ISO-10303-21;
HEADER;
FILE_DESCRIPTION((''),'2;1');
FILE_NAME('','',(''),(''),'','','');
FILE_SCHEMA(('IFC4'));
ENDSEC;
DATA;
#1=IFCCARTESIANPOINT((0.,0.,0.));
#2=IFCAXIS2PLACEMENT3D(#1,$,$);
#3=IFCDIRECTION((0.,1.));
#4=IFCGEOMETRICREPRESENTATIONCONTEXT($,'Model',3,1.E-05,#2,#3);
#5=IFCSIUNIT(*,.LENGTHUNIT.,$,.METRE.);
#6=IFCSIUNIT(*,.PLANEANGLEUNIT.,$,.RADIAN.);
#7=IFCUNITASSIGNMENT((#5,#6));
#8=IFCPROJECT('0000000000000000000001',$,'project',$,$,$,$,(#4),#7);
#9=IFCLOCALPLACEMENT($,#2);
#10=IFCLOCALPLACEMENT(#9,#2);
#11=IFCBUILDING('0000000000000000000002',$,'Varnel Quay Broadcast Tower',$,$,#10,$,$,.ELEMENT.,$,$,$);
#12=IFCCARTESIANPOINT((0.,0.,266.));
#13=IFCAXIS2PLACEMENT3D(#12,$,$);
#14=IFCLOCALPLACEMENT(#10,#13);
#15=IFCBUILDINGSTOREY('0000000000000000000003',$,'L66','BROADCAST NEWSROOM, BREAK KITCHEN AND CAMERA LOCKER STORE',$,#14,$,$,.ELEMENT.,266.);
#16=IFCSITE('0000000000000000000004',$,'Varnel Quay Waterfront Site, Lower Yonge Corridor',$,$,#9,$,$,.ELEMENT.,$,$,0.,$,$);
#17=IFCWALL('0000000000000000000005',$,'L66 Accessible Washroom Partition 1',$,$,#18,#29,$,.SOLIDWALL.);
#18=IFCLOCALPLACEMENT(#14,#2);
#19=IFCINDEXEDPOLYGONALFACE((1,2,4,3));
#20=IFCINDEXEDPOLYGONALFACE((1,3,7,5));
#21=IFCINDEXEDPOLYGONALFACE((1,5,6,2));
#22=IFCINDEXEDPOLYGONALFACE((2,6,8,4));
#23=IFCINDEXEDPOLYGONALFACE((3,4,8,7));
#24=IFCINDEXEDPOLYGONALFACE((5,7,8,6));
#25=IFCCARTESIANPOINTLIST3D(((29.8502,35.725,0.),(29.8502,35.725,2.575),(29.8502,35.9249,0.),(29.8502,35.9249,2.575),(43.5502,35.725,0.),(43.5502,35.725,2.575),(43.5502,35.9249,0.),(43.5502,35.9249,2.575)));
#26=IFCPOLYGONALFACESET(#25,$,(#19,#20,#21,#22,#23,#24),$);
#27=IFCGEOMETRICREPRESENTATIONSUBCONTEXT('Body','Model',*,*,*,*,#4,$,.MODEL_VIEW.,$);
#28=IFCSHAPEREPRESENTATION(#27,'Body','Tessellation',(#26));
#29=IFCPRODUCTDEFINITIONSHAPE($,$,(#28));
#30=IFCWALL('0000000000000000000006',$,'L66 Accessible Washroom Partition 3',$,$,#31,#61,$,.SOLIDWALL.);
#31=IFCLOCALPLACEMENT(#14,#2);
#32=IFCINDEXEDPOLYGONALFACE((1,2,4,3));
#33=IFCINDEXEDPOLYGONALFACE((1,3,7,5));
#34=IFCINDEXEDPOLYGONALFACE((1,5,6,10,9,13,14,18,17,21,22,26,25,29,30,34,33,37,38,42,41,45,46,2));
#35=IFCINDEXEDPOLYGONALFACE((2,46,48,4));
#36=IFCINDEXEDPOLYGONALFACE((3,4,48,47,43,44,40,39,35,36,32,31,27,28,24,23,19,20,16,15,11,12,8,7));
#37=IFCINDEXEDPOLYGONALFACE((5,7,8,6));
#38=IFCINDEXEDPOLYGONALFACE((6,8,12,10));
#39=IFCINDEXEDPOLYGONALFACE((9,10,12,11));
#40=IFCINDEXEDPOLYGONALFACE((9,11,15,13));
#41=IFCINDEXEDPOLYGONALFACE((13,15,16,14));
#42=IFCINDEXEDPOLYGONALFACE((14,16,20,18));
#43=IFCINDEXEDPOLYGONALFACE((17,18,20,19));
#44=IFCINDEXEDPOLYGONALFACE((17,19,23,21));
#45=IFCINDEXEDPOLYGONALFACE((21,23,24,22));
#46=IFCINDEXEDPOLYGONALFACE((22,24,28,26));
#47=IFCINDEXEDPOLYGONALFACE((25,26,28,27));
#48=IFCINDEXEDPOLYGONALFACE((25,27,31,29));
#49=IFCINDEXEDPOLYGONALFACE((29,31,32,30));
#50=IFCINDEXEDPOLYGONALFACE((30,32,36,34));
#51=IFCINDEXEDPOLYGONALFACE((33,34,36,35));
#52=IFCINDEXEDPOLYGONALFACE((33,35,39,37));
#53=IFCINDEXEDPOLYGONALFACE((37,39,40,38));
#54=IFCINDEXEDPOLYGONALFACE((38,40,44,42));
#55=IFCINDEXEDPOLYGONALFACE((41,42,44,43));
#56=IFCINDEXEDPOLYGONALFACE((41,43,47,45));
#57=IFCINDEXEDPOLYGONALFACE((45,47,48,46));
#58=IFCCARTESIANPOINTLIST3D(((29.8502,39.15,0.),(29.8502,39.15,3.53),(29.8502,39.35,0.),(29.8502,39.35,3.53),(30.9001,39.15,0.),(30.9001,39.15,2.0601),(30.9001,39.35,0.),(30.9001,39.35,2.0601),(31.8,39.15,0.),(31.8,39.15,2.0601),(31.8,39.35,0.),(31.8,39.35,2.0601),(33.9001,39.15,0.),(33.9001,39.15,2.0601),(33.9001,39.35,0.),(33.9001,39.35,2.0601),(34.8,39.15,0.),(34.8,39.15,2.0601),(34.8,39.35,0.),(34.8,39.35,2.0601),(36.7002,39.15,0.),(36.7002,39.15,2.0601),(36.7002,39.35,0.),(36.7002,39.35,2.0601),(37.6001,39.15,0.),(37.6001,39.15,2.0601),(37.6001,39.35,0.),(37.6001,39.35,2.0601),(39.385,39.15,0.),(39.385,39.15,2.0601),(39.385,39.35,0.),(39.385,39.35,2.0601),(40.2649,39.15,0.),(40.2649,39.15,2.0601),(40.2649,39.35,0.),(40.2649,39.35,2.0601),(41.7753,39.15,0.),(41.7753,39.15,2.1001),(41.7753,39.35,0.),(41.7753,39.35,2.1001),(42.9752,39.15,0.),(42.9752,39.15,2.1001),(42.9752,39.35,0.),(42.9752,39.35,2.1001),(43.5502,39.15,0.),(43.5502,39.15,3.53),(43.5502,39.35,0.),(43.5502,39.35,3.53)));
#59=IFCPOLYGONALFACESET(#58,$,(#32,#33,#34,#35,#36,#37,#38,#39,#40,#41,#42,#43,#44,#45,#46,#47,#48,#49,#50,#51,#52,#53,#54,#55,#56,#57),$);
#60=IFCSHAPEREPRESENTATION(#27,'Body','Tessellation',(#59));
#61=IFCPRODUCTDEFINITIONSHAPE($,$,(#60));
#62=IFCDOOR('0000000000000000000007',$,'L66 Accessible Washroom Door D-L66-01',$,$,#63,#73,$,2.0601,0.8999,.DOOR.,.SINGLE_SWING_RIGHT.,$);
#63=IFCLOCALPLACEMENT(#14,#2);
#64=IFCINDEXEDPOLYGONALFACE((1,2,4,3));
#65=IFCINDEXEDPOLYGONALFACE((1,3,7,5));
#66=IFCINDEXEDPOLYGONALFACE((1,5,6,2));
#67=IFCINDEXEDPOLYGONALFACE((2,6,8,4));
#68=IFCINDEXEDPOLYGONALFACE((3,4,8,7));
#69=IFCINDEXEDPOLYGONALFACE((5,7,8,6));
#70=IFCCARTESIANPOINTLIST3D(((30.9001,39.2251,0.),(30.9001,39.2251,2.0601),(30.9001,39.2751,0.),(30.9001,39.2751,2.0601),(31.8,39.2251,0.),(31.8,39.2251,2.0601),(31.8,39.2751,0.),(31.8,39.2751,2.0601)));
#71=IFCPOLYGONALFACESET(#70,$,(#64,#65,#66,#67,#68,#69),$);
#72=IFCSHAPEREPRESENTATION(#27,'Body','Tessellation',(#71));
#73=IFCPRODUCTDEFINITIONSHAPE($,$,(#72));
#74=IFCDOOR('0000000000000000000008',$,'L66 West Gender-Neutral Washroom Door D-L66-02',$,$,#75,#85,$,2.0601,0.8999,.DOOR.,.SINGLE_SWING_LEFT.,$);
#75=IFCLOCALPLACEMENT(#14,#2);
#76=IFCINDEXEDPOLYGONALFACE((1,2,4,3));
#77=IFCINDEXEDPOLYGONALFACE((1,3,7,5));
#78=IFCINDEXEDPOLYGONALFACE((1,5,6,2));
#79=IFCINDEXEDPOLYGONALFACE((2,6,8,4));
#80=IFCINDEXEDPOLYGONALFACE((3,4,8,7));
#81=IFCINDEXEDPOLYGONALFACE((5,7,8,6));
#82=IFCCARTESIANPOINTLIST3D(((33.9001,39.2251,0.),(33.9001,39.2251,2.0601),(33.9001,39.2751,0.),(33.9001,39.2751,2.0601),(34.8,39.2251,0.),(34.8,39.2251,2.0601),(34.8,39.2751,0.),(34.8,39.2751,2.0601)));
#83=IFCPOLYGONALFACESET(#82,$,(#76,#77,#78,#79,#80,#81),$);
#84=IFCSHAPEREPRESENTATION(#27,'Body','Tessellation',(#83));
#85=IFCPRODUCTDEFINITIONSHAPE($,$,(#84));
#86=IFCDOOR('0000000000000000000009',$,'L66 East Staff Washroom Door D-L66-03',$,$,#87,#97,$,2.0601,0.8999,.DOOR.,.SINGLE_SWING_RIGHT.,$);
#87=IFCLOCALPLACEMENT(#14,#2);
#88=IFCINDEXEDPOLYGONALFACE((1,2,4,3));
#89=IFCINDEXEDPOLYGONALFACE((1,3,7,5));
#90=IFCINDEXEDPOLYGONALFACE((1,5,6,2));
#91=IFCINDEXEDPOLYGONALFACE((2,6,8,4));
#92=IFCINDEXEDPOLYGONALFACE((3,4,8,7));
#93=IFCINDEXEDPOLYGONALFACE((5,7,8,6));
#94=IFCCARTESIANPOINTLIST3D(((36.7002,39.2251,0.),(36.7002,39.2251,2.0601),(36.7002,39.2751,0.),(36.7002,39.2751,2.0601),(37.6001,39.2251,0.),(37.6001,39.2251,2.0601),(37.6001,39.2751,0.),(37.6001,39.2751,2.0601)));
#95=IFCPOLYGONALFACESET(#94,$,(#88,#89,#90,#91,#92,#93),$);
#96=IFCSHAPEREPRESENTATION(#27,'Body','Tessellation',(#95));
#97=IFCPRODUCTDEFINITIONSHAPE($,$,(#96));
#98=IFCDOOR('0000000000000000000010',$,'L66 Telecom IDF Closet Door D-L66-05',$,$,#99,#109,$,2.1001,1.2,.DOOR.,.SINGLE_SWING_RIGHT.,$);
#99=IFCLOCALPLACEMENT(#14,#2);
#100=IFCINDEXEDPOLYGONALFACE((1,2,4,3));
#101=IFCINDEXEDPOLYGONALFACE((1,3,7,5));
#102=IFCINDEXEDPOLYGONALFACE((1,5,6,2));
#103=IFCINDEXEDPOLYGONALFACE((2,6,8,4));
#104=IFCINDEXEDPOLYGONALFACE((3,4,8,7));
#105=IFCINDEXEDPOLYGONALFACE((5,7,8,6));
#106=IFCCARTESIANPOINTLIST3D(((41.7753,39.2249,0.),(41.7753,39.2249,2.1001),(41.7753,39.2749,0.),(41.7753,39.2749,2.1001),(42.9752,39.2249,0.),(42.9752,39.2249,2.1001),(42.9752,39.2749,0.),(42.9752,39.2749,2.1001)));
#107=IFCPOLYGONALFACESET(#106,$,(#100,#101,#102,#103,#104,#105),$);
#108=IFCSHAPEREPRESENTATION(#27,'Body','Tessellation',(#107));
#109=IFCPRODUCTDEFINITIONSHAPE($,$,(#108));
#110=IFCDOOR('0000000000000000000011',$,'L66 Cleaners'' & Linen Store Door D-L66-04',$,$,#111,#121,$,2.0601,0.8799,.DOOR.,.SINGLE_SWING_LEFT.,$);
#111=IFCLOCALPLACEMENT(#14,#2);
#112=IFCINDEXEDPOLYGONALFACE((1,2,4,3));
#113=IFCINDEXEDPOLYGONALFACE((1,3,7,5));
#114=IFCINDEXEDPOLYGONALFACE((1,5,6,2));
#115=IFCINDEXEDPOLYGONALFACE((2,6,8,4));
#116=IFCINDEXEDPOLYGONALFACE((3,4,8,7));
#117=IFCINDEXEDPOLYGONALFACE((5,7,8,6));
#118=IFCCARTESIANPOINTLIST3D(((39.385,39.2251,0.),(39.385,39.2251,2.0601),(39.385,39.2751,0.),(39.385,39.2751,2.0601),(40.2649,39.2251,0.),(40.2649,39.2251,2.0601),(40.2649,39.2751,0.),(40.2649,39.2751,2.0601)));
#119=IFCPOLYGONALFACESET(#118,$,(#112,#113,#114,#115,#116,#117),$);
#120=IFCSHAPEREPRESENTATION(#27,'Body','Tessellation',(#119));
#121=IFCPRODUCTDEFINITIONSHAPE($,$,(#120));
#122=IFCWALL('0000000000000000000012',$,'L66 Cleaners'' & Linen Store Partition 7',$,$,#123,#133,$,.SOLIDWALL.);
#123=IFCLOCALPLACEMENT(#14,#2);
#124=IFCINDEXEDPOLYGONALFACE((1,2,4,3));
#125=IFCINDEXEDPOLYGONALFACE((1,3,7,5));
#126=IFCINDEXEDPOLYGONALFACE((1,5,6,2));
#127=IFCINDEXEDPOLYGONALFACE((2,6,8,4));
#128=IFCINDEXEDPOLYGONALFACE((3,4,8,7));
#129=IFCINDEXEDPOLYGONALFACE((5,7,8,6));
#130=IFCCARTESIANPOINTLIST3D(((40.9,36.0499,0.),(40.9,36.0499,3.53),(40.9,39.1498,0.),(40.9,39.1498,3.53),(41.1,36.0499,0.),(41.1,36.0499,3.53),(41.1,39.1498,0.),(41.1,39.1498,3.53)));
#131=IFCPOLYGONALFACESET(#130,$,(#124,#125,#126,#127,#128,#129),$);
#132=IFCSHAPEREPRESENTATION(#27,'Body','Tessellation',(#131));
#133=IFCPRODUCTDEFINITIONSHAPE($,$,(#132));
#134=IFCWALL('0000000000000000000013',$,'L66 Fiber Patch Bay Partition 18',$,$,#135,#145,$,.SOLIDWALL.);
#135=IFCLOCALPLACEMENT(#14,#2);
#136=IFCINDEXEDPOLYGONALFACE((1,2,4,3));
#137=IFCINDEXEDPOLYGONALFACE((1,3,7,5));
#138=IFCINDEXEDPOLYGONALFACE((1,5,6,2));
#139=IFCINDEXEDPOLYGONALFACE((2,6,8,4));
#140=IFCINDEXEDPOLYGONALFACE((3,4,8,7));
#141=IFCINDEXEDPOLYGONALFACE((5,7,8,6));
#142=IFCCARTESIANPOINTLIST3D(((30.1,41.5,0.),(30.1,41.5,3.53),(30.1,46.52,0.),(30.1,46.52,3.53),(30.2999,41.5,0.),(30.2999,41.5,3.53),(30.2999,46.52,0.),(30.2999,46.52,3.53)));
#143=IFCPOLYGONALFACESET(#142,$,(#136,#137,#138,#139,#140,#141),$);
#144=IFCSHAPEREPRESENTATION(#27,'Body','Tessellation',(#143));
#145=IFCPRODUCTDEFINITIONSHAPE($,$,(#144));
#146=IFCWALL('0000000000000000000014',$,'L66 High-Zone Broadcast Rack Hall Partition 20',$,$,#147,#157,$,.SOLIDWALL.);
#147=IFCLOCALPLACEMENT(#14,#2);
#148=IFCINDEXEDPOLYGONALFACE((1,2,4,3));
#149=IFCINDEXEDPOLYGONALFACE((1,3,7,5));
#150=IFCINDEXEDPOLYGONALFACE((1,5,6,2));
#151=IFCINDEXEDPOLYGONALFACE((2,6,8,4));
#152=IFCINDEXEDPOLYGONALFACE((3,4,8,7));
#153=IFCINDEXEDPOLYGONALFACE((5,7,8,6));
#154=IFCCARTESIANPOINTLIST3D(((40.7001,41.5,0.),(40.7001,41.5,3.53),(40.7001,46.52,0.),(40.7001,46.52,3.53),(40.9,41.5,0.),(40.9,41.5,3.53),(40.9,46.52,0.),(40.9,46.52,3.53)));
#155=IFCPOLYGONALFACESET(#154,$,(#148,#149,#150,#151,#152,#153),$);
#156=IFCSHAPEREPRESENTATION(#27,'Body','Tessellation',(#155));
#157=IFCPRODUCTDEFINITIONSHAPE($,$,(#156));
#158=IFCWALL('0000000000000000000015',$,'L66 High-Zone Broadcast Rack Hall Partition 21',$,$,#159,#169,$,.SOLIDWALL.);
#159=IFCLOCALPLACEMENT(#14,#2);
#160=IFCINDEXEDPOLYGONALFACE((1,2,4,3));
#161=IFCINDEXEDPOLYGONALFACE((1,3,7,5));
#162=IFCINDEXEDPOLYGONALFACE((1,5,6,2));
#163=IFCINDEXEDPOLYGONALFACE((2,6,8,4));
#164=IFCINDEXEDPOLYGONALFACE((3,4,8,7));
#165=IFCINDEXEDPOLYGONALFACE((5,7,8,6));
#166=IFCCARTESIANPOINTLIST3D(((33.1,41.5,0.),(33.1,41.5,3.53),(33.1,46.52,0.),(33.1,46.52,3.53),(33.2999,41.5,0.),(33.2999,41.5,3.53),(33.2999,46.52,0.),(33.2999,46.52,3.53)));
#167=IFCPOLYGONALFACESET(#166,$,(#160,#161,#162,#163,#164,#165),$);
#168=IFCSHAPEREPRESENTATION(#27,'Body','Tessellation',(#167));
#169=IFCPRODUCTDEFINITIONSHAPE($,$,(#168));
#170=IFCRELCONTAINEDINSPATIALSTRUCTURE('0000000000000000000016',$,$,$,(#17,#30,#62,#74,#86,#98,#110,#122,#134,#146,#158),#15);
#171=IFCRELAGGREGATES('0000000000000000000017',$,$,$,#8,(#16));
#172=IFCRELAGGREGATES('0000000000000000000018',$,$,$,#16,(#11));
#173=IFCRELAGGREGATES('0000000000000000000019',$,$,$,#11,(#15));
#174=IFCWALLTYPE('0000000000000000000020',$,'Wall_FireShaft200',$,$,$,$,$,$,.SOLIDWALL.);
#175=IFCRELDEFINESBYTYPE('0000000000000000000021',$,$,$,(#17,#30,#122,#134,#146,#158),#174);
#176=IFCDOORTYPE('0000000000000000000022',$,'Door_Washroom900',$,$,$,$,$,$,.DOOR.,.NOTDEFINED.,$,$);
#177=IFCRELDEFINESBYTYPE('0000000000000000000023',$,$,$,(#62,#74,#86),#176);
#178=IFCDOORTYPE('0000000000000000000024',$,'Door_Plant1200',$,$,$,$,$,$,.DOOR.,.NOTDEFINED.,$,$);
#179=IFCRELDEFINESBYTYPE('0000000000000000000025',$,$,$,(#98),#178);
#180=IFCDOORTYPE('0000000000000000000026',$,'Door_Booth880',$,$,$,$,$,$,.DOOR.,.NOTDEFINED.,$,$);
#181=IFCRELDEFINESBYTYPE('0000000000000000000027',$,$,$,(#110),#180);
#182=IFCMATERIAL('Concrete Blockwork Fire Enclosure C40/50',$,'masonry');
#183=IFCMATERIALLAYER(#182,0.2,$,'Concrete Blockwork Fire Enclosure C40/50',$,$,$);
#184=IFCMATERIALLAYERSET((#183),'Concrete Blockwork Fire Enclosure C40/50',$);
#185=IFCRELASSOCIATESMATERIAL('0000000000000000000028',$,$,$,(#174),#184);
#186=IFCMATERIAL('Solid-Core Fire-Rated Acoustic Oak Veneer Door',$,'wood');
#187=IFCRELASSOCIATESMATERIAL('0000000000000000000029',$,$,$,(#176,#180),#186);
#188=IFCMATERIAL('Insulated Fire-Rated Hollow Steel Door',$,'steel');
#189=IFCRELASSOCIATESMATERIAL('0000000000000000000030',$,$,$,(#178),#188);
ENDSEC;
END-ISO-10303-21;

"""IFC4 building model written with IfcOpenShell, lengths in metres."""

from ifc_helpers import new_model, si_unit, direction, frame, frame_2d, origin, place, context, subcontext, project, spatial, rectangle, extrude, source, transform, mapped, material, layer, layer_set, type_object, type_shapes, element, fill, save


model = new_model("IFC4")

# Units and contexts
model_context = context("Model", 3, precision=1e-05, world=origin(), true_north=direction((0.0, 1.0)))
body_context = subcontext(model_context, "Body", "Model", "MODEL_VIEW")
ifc_project = project(units=[si_unit("LENGTHUNIT", "METRE"), si_unit("PLANEANGLEUNIT", "RADIAN")], contexts=[model_context])

# Site, building, storey
site_placement = place(None, origin())
site = spatial("IfcSite", under=ifc_project, at=site_placement, Name="Varnel Quay Waterfront Site, Lower Yonge Corridor", CompositionType="ELEMENT", RefElevation=0.0)
building_placement = place(site_placement, origin())
building = spatial("IfcBuilding", under=site, at=building_placement, Name="Varnel Quay Broadcast Tower", CompositionType="ELEMENT")
storey_placement = place(building_placement, frame((0.0, 0.0, 266.0)))
storey = spatial("IfcBuildingStorey", under=building, at=storey_placement, Name="L66", Description="BROADCAST NEWSROOM, BREAK KITCHEN AND CAMERA LOCKER STORE", CompositionType="ELEMENT", Elevation=266.0)

# Shared definitions
ifc_material_1 = material(Name="Insulated Fire-Rated Hollow Steel Door", Category="steel")

# Wall
ifc_material_2 = material(Name="Concrete Blockwork Fire Enclosure C40/50", Category="masonry")
ifc_layer_1 = layer(ifc_material_2, 0.2, Name="Concrete Blockwork Fire Enclosure C40/50")
ifc_layer_set_1 = layer_set([ifc_layer_1], Name="Concrete Blockwork Fire Enclosure C40/50")
wall_type_1 = type_object("IfcWallType", Name="Wall_FireShaft200", PredefinedType="SOLIDWALL", material=ifc_layer_set_1)
wall_1_placement = place(storey_placement, frame((29.8501, 35.825, 0.0), z_axis=(0.0, 0.0, 1.0), x_axis=(1.0, 0.0, 0.0)))
element("IfcWall", 1, at=wall_1_placement, inside=storey, type_object=wall_type_1, Name="L66 Accessible Washroom Partition 1", PredefinedType="SOLIDWALL", context=body_context, shape_type="SweptSolid", body=[
    extrude(rectangle(XDim=13.7, YDim=0.2, at=frame_2d((6.8501, 0.0))), origin(), (0.0, 0.0, 1.0), 2.575),
])

# Wall, openings, doors
wall_2_placement = place(storey_placement, frame((29.8501, 39.25, 0.0), z_axis=(0.0, 0.0, 1.0), x_axis=(1.0, 0.0, 0.0)))
wall_2 = element("IfcWall", 2, at=wall_2_placement, inside=storey, type_object=wall_type_1, Name="L66 Accessible Washroom Partition 3", PredefinedType="SOLIDWALL", context=body_context, shape_type="SweptSolid", body=[
    extrude(rectangle(XDim=13.7, YDim=0.2, at=frame_2d((6.8501, 0.0))), origin(), (0.0, 0.0, 1.0), 3.53),
])
opening_1_placement = place(wall_2_placement, frame((1.05, 0.0, 0.0)))
opening_1 = element("IfcOpeningElement", 3, at=opening_1_placement, cuts=wall_2, PredefinedType="OPENING", context=body_context, shape_type="SweptSolid", body=[
    extrude(rectangle(XDim=0.8999, YDim=2.0601, at=frame_2d((0.45, 1.03))), frame((0.0, 0.1099, 0.0), z_axis=(0.0, -1.0, 0.0), x_axis=(1.0, 0.0, 0.0)), (0.0, 0.0, 1.0), 0.22),
])
opening_2_placement = place(wall_2_placement, frame((4.05, 0.0, 0.0)))
opening_2 = element("IfcOpeningElement", 4, at=opening_2_placement, cuts=wall_2, PredefinedType="OPENING", context=body_context, shape_type="SweptSolid", body=[
    extrude(rectangle(XDim=0.8999, YDim=2.0601, at=frame_2d((0.45, 1.03))), frame((0.0, 0.1099, 0.0), z_axis=(0.0, -1.0, 0.0), x_axis=(1.0, 0.0, 0.0)), (0.0, 0.0, 1.0), 0.22),
])
opening_3_placement = place(wall_2_placement, frame((6.8501, 0.0, 0.0)))
opening_3 = element("IfcOpeningElement", 5, at=opening_3_placement, cuts=wall_2, PredefinedType="OPENING", context=body_context, shape_type="SweptSolid", body=[
    extrude(rectangle(XDim=0.8999, YDim=2.0601, at=frame_2d((0.45, 1.03))), frame((0.0, 0.1099, 0.0), z_axis=(0.0, -1.0, 0.0), x_axis=(1.0, 0.0, 0.0)), (0.0, 0.0, 1.0), 0.22),
])
opening_4_placement = place(wall_2_placement, frame((9.5349, 0.0, 0.0)))
opening_4 = element("IfcOpeningElement", 6, at=opening_4_placement, cuts=wall_2, PredefinedType="OPENING", context=body_context, shape_type="SweptSolid", body=[
    extrude(rectangle(XDim=0.8799, YDim=2.0601, at=frame_2d((0.4399, 1.03))), frame((0.0, 0.1099, 0.0), z_axis=(0.0, -1.0, 0.0), x_axis=(1.0, 0.0, 0.0)), (0.0, 0.0, 1.0), 0.22),
])
opening_5_placement = place(wall_2_placement, frame((11.925, 0.0, 0.0)))
opening_5 = element("IfcOpeningElement", 7, at=opening_5_placement, cuts=wall_2, PredefinedType="OPENING", context=body_context, shape_type="SweptSolid", body=[
    extrude(rectangle(XDim=1.2, YDim=2.1001, at=frame_2d((0.6001, 1.05))), frame((0.0, 0.1099, 0.0), z_axis=(0.0, -1.0, 0.0), x_axis=(1.0, 0.0, 0.0)), (0.0, 0.0, 1.0), 0.22),
])
ifc_material_3 = material(Name="Solid-Core Fire-Rated Acoustic Oak Veneer Door", Category="wood")
door_type_1 = type_object("IfcDoorType", Name="Door_Washroom900", OperationType="NOTDEFINED", PredefinedType="DOOR", material=ifc_material_3)
shared_shape_1 = source(origin(), body_context, "Body", "SweptSolid", [
    extrude(rectangle(XDim=0.8999, YDim=2.0601, at=frame_2d((0.45, 1.03))), frame((0.0, 0.0249, 0.0), z_axis=(0.0, -1.0, 0.0), x_axis=(1.0, 0.0, 0.0)), (0.0, 0.0, 1.0), 0.05),
])
type_shapes(door_type_1, [shared_shape_1])
door_1_placement = place(opening_1_placement, frame((0.8999, 0.0, 0.0), z_axis=(0.0, 0.0, 1.0), x_axis=(-1.0, 0.0, 0.0)))
door_1 = element("IfcDoor", 8, at=door_1_placement, inside=storey, type_object=door_type_1, Name="L66 Accessible Washroom Door D-L66-01", OperationType="SINGLE_SWING_RIGHT", OverallHeight=2.0601, OverallWidth=0.8999, PredefinedType="DOOR", context=body_context, shape_type="MappedRepresentation", body=[
    mapped(shared_shape_1, transform((0.0, 0.0, 0.0), x_axis=(1.0, 0.0, 0.0), y_axis=(0.0, 1.0, 0.0), z_axis=(0.0, 0.0, 1.0), scale=1.0)),
])
fill(opening_1, door_1)
door_2_placement = place(opening_2_placement, frame((0.8999, 0.0, 0.0), z_axis=(0.0, 0.0, 1.0), x_axis=(-1.0, 0.0, 0.0)))
door_2 = element("IfcDoor", 9, at=door_2_placement, inside=storey, type_object=door_type_1, Name="L66 West Gender-Neutral Washroom Door D-L66-02", OperationType="SINGLE_SWING_LEFT", OverallHeight=2.0601, OverallWidth=0.8999, PredefinedType="DOOR", context=body_context, shape_type="MappedRepresentation", body=[
    mapped(shared_shape_1, transform((0.0, 0.0, 0.0), x_axis=(1.0, 0.0, 0.0), y_axis=(0.0, 1.0, 0.0), z_axis=(0.0, 0.0, 1.0), scale=1.0)),
])
fill(opening_2, door_2)
door_3_placement = place(opening_3_placement, frame((0.8999, 0.0, 0.0), z_axis=(0.0, 0.0, 1.0), x_axis=(-1.0, 0.0, 0.0)))
door_3 = element("IfcDoor", 10, at=door_3_placement, inside=storey, type_object=door_type_1, Name="L66 East Staff Washroom Door D-L66-03", OperationType="SINGLE_SWING_RIGHT", OverallHeight=2.0601, OverallWidth=0.8999, PredefinedType="DOOR", context=body_context, shape_type="MappedRepresentation", body=[
    mapped(shared_shape_1, transform((0.0, 0.0, 0.0), x_axis=(1.0, 0.0, 0.0), y_axis=(0.0, 1.0, 0.0), z_axis=(0.0, 0.0, 1.0), scale=1.0)),
])
fill(opening_3, door_3)
door_type_2 = type_object("IfcDoorType", Name="Door_Plant1200", OperationType="NOTDEFINED", PredefinedType="DOOR", material=ifc_material_1)
shared_shape_2 = source(origin(), body_context, "Body", "SweptSolid", [
    extrude(rectangle(XDim=1.2, YDim=2.1001, at=frame_2d((0.6001, 1.05))), frame((0.0, 0.0249, 0.0), z_axis=(0.0, -1.0, 0.0), x_axis=(1.0, 0.0, 0.0)), (0.0, 0.0, 1.0), 0.05),
])
type_shapes(door_type_2, [shared_shape_2])
door_4_placement = place(opening_5_placement, origin())
door_4 = element("IfcDoor", 11, at=door_4_placement, inside=storey, type_object=door_type_2, Name="L66 Telecom IDF Closet Door D-L66-05", OperationType="SINGLE_SWING_RIGHT", OverallHeight=2.1001, OverallWidth=1.2, PredefinedType="DOOR", context=body_context, shape_type="MappedRepresentation", body=[
    mapped(shared_shape_2, transform((0.0, 0.0, 0.0), x_axis=(1.0, 0.0, 0.0), y_axis=(0.0, 1.0, 0.0), z_axis=(0.0, 0.0, 1.0), scale=1.0)),
])
fill(opening_5, door_4)
door_type_3 = type_object("IfcDoorType", Name="Door_Booth880", OperationType="NOTDEFINED", PredefinedType="DOOR", material=ifc_material_3)
shared_shape_3 = source(origin(), body_context, "Body", "SweptSolid", [
    extrude(rectangle(XDim=0.8799, YDim=2.0601, at=frame_2d((0.4399, 1.03))), frame((0.0, 0.0249, 0.0), z_axis=(0.0, -1.0, 0.0), x_axis=(1.0, 0.0, 0.0)), (0.0, 0.0, 1.0), 0.05),
])
type_shapes(door_type_3, [shared_shape_3])
door_5_placement = place(opening_4_placement, frame((0.8799, 0.0, 0.0), z_axis=(0.0, 0.0, 1.0), x_axis=(-1.0, 0.0, 0.0)))
door_5 = element("IfcDoor", 12, at=door_5_placement, inside=storey, type_object=door_type_3, Name="L66 Cleaners' & Linen Store Door D-L66-04", OperationType="SINGLE_SWING_LEFT", OverallHeight=2.0601, OverallWidth=0.8799, PredefinedType="DOOR", context=body_context, shape_type="MappedRepresentation", body=[
    mapped(shared_shape_3, transform((0.0, 0.0, 0.0), x_axis=(1.0, 0.0, 0.0), y_axis=(0.0, 1.0, 0.0), z_axis=(0.0, 0.0, 1.0), scale=1.0)),
])
fill(opening_4, door_5)

# Walls
wall_3_placement = place(storey_placement, frame((41.0, 36.05, 0.0), z_axis=(0.0, 0.0, 1.0), x_axis=(0.0, 1.0, 0.0)))
element("IfcWall", 13, at=wall_3_placement, inside=storey, type_object=wall_type_1, Name="L66 Cleaners' & Linen Store Partition 7", PredefinedType="SOLIDWALL", context=body_context, shape_type="SweptSolid", body=[
    extrude(rectangle(XDim=3.0999, YDim=0.2, at=frame_2d((1.5498, 0.0))), origin(), (0.0, 0.0, 1.0), 3.53),
])
for number, where, z_axis, x_axis, name in (
    (14, (30.2, 41.5, 0.0), (0.0, 0.0, 1.0), (0.0, 1.0, 0.0), "L66 Fiber Patch Bay Partition 18"),
    (15, (40.8, 41.5, 0.0), (0.0, 0.0, 1.0), (0.0, 1.0, 0.0), "L66 High-Zone Broadcast Rack Hall Partition 20"),
    (16, (33.2, 41.5, 0.0), (0.0, 0.0, 1.0), (0.0, 1.0, 0.0), "L66 High-Zone Broadcast Rack Hall Partition 21"),
):
    element("IfcWall", number, at=place(storey_placement, frame(where, z_axis=z_axis, x_axis=x_axis)), inside=storey, type_object=wall_type_1, Name=name, PredefinedType="SOLIDWALL", context=body_context, shape_type="SweptSolid", body=[
        extrude(rectangle(XDim=5.02, YDim=0.2, at=frame_2d((2.51, 0.0))), origin(), (0.0, 0.0, 1.0), 3.53),
    ])

save(model, "model.ifc")
